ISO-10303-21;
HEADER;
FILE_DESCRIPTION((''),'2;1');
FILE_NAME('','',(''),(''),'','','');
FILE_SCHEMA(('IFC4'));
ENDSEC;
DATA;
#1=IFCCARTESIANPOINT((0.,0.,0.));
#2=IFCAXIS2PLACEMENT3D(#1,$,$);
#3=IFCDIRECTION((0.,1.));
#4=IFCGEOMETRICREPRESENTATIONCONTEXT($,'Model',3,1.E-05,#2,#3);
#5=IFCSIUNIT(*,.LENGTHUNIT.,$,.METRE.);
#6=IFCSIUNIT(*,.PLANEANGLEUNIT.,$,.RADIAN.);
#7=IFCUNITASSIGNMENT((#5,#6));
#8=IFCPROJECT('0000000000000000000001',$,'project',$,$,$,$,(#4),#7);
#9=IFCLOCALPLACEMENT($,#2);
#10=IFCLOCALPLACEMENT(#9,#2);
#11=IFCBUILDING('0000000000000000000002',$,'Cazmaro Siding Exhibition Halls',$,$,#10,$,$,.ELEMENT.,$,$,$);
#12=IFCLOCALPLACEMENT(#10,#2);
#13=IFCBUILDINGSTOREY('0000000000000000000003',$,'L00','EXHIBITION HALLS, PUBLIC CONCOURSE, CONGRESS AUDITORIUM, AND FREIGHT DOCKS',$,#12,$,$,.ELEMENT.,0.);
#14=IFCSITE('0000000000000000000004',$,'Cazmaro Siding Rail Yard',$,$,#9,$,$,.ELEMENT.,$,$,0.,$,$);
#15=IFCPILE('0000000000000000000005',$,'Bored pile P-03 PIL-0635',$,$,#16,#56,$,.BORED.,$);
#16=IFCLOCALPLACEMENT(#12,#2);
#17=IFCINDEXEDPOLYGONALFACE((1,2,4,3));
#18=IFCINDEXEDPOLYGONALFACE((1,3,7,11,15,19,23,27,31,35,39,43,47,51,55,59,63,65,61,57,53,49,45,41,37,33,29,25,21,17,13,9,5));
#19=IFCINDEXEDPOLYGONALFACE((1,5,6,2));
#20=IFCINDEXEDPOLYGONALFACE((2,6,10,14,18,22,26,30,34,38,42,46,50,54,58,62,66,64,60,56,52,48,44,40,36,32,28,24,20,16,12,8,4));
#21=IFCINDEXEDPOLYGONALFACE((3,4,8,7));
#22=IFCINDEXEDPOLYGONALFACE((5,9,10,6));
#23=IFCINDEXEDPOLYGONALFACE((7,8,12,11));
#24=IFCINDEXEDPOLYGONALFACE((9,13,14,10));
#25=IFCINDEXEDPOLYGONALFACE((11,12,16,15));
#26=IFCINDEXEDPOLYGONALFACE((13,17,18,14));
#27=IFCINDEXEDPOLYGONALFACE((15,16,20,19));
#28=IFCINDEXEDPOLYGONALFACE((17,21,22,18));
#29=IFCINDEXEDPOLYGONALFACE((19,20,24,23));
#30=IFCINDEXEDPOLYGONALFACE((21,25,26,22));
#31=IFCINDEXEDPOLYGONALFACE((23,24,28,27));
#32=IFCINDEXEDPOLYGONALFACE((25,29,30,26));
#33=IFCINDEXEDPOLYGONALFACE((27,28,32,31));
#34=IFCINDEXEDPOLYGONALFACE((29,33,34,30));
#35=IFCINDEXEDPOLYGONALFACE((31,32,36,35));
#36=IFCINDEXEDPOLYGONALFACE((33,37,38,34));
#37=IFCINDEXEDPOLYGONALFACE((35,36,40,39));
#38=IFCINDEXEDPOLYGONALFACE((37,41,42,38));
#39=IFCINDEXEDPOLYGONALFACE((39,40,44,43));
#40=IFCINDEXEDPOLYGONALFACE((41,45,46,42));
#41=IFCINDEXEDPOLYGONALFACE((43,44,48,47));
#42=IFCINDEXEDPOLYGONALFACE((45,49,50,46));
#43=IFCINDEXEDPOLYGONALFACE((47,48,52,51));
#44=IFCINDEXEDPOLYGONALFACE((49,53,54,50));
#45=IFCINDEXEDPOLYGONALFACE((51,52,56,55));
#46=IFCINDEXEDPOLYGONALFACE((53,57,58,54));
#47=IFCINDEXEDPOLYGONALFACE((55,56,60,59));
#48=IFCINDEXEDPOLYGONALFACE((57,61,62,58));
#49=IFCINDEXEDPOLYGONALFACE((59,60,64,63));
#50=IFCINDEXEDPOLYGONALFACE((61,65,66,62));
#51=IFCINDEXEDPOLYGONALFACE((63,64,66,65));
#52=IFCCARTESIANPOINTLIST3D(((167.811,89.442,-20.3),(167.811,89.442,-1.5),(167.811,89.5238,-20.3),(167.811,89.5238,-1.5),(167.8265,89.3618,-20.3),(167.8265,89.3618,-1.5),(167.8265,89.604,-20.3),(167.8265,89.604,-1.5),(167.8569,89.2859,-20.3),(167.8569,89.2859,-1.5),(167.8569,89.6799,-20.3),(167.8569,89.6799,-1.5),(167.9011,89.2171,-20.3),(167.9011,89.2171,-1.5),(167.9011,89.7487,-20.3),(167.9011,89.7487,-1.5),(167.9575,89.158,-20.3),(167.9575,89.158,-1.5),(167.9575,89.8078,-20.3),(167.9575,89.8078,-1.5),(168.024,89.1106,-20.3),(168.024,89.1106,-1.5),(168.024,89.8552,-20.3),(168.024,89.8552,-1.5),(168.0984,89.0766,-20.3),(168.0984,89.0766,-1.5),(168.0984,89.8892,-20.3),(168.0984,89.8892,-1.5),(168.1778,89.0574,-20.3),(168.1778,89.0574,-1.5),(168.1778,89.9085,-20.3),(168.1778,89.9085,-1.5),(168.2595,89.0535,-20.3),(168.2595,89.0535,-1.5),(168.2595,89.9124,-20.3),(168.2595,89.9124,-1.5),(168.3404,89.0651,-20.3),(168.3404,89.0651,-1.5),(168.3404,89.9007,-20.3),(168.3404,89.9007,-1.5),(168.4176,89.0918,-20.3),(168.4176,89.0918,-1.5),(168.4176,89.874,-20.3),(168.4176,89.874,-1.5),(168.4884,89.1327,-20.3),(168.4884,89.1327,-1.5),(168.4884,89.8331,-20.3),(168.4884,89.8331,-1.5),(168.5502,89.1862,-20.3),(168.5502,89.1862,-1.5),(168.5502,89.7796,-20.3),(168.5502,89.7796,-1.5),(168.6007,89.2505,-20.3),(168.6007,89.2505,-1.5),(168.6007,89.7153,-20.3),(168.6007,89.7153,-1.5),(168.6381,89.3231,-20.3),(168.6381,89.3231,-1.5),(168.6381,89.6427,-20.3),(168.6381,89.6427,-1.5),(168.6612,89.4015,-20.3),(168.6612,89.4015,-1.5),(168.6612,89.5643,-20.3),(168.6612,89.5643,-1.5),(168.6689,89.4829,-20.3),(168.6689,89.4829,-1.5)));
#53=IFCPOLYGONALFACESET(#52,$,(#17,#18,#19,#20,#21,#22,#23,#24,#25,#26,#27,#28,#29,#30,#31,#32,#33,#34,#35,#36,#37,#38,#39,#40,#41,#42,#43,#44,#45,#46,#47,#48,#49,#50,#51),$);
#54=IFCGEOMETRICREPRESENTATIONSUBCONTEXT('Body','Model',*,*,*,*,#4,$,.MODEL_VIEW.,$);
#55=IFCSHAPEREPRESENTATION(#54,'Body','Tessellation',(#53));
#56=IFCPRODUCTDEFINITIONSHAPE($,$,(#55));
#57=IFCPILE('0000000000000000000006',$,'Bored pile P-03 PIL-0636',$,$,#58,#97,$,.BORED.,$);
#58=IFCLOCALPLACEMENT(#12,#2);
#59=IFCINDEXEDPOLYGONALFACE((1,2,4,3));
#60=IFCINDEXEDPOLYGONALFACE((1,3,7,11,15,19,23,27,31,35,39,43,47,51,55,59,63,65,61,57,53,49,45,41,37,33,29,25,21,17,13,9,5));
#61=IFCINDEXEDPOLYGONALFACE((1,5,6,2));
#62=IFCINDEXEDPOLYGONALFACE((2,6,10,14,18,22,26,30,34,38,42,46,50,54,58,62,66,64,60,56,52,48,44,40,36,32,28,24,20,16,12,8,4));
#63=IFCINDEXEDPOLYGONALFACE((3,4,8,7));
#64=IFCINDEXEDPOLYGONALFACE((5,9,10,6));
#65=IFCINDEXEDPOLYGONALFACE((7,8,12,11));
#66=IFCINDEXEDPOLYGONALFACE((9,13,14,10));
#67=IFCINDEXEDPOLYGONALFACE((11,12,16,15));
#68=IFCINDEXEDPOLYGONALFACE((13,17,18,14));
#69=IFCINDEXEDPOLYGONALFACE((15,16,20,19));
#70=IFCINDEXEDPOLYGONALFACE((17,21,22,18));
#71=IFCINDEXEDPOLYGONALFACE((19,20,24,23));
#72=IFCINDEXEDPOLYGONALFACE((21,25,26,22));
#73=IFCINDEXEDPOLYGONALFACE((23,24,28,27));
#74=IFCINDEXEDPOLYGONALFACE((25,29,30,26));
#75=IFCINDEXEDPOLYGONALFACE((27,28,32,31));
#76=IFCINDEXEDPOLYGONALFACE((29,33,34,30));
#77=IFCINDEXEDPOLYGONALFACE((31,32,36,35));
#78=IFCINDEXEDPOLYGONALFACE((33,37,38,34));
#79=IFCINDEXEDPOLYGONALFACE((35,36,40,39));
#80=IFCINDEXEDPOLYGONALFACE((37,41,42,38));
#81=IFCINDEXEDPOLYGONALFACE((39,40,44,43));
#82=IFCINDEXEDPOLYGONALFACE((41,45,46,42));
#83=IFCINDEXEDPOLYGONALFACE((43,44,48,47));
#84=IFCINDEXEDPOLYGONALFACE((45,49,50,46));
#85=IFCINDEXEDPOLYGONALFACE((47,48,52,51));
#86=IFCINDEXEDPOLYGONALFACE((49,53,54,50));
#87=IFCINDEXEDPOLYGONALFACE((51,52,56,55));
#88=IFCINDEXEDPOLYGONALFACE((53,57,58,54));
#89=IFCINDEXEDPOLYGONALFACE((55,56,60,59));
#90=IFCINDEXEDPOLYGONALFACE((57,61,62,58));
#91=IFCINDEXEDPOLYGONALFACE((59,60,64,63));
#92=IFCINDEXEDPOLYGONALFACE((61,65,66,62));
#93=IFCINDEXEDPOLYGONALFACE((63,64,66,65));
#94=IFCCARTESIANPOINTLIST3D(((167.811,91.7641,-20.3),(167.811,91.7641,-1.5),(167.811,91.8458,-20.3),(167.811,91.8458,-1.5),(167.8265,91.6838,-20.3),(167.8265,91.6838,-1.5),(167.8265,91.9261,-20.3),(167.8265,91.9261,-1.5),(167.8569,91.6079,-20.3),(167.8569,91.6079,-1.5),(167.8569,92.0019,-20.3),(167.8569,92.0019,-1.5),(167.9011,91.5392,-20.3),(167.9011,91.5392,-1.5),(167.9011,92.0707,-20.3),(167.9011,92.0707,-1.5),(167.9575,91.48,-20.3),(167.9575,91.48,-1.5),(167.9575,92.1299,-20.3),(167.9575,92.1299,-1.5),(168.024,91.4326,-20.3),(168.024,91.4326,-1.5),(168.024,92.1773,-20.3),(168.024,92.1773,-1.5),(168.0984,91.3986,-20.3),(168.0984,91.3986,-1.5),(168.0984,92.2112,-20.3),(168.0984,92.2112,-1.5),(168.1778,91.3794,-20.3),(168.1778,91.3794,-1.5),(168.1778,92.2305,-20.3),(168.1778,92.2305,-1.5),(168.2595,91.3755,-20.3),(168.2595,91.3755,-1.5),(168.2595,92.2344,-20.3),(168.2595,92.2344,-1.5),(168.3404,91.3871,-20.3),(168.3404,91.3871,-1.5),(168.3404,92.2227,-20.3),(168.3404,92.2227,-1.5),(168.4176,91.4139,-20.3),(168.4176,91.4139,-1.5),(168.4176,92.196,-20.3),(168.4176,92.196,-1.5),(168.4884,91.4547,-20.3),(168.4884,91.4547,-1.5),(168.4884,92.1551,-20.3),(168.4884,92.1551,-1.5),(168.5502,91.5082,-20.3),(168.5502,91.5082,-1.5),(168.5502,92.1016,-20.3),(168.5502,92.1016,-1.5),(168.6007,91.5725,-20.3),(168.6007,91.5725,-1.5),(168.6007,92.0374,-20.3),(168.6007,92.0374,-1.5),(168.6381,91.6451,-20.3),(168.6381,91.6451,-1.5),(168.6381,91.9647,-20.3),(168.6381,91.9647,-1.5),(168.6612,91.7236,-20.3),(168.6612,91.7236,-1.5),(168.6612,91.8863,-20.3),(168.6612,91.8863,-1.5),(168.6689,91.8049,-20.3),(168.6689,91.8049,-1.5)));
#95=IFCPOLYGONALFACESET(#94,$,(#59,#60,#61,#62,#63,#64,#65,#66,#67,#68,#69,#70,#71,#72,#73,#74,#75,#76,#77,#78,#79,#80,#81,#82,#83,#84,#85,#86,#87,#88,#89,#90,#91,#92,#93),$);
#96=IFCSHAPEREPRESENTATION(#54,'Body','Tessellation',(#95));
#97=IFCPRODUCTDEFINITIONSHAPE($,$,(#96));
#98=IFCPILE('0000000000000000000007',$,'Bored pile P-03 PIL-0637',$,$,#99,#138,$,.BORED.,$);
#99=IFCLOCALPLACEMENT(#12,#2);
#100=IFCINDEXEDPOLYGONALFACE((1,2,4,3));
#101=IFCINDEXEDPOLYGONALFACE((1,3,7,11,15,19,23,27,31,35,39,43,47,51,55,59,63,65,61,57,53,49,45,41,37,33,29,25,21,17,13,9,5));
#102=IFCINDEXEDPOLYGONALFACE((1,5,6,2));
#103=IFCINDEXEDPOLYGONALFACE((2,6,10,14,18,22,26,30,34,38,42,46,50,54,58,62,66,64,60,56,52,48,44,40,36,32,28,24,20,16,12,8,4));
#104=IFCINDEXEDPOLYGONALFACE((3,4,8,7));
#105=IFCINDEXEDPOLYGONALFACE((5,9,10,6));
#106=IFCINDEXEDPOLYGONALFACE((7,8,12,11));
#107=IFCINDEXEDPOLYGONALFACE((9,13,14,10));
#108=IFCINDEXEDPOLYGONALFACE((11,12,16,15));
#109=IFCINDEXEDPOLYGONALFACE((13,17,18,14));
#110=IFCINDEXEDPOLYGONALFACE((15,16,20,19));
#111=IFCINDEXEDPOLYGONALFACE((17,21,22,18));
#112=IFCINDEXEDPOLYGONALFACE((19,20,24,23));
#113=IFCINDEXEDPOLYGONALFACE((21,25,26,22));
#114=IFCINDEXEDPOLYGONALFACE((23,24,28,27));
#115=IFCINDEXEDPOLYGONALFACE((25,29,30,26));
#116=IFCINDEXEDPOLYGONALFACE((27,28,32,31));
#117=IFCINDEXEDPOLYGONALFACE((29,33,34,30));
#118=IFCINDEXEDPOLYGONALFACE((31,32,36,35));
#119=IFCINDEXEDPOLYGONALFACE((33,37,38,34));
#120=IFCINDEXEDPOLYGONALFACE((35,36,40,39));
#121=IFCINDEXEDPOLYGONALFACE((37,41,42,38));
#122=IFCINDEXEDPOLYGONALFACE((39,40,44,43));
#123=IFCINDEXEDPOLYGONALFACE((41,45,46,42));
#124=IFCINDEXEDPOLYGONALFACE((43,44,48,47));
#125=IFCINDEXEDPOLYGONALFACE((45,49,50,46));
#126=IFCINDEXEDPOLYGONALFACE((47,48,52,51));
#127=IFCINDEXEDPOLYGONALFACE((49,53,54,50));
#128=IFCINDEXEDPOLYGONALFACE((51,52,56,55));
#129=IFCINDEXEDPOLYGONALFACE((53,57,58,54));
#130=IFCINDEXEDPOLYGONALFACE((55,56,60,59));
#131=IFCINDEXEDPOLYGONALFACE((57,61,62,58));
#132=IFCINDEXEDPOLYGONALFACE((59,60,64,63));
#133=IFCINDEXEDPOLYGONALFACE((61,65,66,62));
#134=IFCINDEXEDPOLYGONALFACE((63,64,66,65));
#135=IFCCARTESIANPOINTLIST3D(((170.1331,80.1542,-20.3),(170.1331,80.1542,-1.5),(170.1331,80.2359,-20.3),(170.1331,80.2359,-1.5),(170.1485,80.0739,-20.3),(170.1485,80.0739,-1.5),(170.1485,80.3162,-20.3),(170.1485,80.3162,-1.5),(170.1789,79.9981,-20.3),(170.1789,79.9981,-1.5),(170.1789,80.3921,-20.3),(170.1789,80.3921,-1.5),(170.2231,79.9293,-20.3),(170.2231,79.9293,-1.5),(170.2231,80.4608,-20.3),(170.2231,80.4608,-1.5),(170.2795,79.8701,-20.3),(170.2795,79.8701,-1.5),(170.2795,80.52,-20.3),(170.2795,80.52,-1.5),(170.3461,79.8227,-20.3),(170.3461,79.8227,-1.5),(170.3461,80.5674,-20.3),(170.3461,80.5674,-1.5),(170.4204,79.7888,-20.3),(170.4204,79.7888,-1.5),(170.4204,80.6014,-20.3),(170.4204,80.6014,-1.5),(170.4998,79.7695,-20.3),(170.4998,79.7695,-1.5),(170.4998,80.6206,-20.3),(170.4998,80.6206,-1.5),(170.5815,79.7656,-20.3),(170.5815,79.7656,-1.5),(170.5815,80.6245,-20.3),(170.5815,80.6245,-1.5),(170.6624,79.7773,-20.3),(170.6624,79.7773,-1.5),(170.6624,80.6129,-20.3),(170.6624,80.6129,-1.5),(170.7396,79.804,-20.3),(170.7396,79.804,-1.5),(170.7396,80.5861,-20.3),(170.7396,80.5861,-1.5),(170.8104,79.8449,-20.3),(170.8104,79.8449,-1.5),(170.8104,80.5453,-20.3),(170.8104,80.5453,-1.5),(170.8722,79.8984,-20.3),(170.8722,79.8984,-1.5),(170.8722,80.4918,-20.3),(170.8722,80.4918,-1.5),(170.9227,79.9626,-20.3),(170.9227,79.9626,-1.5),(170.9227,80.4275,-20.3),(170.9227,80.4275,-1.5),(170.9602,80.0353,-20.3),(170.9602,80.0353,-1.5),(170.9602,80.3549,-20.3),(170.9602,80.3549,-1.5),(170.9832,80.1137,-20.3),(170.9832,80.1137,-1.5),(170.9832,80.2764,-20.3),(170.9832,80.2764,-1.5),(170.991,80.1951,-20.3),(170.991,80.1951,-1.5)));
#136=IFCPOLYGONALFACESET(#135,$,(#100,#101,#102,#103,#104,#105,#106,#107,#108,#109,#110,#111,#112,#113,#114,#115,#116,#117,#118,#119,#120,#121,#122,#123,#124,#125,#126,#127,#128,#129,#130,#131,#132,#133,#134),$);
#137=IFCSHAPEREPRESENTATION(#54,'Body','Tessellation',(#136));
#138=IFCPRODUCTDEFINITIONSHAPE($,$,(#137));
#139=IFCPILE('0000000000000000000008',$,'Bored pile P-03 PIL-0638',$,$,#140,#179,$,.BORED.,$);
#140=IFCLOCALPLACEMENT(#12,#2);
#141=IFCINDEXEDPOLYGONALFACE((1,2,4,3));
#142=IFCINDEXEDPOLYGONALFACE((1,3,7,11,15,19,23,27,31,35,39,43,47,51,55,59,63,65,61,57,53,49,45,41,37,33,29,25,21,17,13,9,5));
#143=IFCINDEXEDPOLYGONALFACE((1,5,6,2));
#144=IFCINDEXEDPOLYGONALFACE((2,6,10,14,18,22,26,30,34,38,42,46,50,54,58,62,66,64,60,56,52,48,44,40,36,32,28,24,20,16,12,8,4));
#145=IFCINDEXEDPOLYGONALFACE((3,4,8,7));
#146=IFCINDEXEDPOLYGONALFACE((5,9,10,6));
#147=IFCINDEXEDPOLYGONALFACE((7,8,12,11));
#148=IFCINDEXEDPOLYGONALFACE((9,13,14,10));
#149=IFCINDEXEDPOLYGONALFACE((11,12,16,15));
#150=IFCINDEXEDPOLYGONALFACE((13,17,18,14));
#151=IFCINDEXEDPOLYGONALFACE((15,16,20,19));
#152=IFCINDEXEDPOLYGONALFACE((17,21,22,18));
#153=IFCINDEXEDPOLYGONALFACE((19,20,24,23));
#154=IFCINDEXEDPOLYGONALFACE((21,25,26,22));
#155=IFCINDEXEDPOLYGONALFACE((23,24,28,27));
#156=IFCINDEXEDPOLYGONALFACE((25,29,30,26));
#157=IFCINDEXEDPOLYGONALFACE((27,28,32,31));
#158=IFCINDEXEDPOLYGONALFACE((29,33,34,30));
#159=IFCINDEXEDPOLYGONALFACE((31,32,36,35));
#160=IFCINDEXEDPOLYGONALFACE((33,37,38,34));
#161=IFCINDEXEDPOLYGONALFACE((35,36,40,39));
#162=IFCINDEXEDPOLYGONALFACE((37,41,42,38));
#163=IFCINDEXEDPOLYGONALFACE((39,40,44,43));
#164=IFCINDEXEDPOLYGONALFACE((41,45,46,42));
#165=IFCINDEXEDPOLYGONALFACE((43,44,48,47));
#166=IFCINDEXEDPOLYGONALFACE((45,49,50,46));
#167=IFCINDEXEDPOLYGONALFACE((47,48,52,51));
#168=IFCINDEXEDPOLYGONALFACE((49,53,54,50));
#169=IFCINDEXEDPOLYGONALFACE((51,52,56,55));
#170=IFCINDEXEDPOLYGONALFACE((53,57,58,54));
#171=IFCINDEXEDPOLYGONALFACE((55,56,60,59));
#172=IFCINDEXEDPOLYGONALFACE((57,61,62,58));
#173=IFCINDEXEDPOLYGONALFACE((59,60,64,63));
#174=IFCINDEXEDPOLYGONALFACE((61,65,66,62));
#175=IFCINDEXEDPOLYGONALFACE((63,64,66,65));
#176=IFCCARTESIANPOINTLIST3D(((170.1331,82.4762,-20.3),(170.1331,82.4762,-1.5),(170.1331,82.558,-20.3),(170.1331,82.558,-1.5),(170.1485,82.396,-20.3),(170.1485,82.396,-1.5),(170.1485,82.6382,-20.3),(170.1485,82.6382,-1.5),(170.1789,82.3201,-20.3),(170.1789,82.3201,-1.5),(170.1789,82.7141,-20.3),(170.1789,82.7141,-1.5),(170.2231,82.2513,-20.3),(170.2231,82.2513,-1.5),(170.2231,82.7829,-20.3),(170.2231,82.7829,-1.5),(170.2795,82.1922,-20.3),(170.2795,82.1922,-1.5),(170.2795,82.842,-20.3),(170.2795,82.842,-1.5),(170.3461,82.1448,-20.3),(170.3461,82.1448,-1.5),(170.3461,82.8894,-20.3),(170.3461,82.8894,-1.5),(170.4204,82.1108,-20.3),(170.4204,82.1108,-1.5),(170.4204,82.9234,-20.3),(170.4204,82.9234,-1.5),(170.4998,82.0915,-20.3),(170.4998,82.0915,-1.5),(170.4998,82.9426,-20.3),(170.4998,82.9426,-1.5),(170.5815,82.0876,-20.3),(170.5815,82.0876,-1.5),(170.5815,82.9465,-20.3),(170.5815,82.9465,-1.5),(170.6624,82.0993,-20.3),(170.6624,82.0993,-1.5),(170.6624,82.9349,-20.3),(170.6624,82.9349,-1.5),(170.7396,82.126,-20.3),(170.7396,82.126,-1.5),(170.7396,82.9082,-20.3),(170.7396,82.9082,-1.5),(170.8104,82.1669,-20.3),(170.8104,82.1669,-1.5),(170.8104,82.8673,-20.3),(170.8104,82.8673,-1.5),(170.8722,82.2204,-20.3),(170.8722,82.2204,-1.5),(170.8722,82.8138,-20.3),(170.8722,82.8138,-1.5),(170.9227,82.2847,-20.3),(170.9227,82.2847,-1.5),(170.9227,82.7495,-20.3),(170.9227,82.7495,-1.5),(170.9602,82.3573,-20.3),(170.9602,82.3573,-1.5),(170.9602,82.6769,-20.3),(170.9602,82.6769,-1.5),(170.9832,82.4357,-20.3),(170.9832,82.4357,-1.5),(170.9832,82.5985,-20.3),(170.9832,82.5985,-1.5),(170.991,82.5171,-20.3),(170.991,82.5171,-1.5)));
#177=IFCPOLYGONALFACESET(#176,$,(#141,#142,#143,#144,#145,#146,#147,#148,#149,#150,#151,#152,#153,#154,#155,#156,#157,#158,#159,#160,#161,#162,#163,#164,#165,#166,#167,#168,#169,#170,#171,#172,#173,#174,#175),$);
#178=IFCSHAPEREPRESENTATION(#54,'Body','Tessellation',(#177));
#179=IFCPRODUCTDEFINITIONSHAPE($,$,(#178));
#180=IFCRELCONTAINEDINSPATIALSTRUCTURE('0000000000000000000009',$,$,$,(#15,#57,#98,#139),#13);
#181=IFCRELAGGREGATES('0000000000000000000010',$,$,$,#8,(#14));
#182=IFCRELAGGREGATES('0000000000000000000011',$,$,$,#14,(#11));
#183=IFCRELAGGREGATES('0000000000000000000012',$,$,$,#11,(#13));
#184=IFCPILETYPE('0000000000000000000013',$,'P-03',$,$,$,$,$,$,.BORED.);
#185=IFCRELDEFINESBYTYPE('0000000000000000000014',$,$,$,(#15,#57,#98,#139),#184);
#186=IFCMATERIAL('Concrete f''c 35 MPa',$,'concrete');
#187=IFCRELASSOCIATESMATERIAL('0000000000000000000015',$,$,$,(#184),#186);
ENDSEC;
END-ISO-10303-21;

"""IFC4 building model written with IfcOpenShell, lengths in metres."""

from ifc_helpers import new_model, si_unit, direction, frame, origin, origin_2d, place, context, subcontext, project, spatial, circle, extrude, material, material_profile, profile_set, type_object, element, save


model = new_model("IFC4")

# Units and contexts
model_context = context("Model", 3, precision=1e-05, world=origin(), true_north=direction((0.0, 1.0)))
body_context = subcontext(model_context, "Body", "Model", "MODEL_VIEW")
ifc_project = project(units=[si_unit("LENGTHUNIT", "METRE"), si_unit("PLANEANGLEUNIT", "RADIAN")], contexts=[model_context])

# Site, building, storey
site_placement = place(None, origin())
site = spatial("IfcSite", under=ifc_project, at=site_placement, Name="Cazmaro Siding Rail Yard", CompositionType="ELEMENT", RefElevation=0.0)
building_placement = place(site_placement, origin())
building = spatial("IfcBuilding", under=site, at=building_placement, Name="Cazmaro Siding Exhibition Halls", CompositionType="ELEMENT")
storey_placement = place(building_placement, origin())
storey = spatial("IfcBuildingStorey", under=building, at=storey_placement, Name="L00", Description="EXHIBITION HALLS, PUBLIC CONCOURSE, CONGRESS AUDITORIUM, AND FREIGHT DOCKS", CompositionType="ELEMENT", Elevation=0.0)

# Piles
ifc_material_1 = material(Name="Concrete f'c 35 MPa", Category="concrete")
ifc_material_profile_1 = material_profile(ifc_material_1, circle(Radius=0.4299, at=origin_2d()), Name="CIDH-860")
ifc_profile_set_1 = profile_set([ifc_material_profile_1], Name="Concrete f'c 35 MPa")
pile_type = type_object("IfcPileType", Name="P-03", PredefinedType="BORED", material=ifc_profile_set_1)
for number, where, z_axis, x_axis, name in (
    (1, (168.239, 89.4829, -1.5), (0.0, 0.0, -1.0), (1.0, 0.0, 0.0), "Bored pile P-03 PIL-0635"),
    (2, (168.239, 91.8049, -1.5), (0.0, 0.0, -1.0), (1.0, 0.0, 0.0), "Bored pile P-03 PIL-0636"),
    (3, (170.561, 80.1951, -1.5), (0.0, 0.0, -1.0), (1.0, 0.0, 0.0), "Bored pile P-03 PIL-0637"),
    (4, (170.561, 82.5171, -1.5), (0.0, 0.0, -1.0), (1.0, 0.0, 0.0), "Bored pile P-03 PIL-0638"),
):
    element("IfcPile", number, at=place(storey_placement, frame(where, z_axis=z_axis, x_axis=x_axis)), inside=storey, type_object=pile_type, Name=name, PredefinedType="BORED", context=body_context, shape_type="SweptSolid", body=[
        extrude(circle(Radius=0.4299, at=origin_2d()), origin(), (0.0, 0.0, 1.0), 18.8),
    ])

save(model, "model.ifc")
